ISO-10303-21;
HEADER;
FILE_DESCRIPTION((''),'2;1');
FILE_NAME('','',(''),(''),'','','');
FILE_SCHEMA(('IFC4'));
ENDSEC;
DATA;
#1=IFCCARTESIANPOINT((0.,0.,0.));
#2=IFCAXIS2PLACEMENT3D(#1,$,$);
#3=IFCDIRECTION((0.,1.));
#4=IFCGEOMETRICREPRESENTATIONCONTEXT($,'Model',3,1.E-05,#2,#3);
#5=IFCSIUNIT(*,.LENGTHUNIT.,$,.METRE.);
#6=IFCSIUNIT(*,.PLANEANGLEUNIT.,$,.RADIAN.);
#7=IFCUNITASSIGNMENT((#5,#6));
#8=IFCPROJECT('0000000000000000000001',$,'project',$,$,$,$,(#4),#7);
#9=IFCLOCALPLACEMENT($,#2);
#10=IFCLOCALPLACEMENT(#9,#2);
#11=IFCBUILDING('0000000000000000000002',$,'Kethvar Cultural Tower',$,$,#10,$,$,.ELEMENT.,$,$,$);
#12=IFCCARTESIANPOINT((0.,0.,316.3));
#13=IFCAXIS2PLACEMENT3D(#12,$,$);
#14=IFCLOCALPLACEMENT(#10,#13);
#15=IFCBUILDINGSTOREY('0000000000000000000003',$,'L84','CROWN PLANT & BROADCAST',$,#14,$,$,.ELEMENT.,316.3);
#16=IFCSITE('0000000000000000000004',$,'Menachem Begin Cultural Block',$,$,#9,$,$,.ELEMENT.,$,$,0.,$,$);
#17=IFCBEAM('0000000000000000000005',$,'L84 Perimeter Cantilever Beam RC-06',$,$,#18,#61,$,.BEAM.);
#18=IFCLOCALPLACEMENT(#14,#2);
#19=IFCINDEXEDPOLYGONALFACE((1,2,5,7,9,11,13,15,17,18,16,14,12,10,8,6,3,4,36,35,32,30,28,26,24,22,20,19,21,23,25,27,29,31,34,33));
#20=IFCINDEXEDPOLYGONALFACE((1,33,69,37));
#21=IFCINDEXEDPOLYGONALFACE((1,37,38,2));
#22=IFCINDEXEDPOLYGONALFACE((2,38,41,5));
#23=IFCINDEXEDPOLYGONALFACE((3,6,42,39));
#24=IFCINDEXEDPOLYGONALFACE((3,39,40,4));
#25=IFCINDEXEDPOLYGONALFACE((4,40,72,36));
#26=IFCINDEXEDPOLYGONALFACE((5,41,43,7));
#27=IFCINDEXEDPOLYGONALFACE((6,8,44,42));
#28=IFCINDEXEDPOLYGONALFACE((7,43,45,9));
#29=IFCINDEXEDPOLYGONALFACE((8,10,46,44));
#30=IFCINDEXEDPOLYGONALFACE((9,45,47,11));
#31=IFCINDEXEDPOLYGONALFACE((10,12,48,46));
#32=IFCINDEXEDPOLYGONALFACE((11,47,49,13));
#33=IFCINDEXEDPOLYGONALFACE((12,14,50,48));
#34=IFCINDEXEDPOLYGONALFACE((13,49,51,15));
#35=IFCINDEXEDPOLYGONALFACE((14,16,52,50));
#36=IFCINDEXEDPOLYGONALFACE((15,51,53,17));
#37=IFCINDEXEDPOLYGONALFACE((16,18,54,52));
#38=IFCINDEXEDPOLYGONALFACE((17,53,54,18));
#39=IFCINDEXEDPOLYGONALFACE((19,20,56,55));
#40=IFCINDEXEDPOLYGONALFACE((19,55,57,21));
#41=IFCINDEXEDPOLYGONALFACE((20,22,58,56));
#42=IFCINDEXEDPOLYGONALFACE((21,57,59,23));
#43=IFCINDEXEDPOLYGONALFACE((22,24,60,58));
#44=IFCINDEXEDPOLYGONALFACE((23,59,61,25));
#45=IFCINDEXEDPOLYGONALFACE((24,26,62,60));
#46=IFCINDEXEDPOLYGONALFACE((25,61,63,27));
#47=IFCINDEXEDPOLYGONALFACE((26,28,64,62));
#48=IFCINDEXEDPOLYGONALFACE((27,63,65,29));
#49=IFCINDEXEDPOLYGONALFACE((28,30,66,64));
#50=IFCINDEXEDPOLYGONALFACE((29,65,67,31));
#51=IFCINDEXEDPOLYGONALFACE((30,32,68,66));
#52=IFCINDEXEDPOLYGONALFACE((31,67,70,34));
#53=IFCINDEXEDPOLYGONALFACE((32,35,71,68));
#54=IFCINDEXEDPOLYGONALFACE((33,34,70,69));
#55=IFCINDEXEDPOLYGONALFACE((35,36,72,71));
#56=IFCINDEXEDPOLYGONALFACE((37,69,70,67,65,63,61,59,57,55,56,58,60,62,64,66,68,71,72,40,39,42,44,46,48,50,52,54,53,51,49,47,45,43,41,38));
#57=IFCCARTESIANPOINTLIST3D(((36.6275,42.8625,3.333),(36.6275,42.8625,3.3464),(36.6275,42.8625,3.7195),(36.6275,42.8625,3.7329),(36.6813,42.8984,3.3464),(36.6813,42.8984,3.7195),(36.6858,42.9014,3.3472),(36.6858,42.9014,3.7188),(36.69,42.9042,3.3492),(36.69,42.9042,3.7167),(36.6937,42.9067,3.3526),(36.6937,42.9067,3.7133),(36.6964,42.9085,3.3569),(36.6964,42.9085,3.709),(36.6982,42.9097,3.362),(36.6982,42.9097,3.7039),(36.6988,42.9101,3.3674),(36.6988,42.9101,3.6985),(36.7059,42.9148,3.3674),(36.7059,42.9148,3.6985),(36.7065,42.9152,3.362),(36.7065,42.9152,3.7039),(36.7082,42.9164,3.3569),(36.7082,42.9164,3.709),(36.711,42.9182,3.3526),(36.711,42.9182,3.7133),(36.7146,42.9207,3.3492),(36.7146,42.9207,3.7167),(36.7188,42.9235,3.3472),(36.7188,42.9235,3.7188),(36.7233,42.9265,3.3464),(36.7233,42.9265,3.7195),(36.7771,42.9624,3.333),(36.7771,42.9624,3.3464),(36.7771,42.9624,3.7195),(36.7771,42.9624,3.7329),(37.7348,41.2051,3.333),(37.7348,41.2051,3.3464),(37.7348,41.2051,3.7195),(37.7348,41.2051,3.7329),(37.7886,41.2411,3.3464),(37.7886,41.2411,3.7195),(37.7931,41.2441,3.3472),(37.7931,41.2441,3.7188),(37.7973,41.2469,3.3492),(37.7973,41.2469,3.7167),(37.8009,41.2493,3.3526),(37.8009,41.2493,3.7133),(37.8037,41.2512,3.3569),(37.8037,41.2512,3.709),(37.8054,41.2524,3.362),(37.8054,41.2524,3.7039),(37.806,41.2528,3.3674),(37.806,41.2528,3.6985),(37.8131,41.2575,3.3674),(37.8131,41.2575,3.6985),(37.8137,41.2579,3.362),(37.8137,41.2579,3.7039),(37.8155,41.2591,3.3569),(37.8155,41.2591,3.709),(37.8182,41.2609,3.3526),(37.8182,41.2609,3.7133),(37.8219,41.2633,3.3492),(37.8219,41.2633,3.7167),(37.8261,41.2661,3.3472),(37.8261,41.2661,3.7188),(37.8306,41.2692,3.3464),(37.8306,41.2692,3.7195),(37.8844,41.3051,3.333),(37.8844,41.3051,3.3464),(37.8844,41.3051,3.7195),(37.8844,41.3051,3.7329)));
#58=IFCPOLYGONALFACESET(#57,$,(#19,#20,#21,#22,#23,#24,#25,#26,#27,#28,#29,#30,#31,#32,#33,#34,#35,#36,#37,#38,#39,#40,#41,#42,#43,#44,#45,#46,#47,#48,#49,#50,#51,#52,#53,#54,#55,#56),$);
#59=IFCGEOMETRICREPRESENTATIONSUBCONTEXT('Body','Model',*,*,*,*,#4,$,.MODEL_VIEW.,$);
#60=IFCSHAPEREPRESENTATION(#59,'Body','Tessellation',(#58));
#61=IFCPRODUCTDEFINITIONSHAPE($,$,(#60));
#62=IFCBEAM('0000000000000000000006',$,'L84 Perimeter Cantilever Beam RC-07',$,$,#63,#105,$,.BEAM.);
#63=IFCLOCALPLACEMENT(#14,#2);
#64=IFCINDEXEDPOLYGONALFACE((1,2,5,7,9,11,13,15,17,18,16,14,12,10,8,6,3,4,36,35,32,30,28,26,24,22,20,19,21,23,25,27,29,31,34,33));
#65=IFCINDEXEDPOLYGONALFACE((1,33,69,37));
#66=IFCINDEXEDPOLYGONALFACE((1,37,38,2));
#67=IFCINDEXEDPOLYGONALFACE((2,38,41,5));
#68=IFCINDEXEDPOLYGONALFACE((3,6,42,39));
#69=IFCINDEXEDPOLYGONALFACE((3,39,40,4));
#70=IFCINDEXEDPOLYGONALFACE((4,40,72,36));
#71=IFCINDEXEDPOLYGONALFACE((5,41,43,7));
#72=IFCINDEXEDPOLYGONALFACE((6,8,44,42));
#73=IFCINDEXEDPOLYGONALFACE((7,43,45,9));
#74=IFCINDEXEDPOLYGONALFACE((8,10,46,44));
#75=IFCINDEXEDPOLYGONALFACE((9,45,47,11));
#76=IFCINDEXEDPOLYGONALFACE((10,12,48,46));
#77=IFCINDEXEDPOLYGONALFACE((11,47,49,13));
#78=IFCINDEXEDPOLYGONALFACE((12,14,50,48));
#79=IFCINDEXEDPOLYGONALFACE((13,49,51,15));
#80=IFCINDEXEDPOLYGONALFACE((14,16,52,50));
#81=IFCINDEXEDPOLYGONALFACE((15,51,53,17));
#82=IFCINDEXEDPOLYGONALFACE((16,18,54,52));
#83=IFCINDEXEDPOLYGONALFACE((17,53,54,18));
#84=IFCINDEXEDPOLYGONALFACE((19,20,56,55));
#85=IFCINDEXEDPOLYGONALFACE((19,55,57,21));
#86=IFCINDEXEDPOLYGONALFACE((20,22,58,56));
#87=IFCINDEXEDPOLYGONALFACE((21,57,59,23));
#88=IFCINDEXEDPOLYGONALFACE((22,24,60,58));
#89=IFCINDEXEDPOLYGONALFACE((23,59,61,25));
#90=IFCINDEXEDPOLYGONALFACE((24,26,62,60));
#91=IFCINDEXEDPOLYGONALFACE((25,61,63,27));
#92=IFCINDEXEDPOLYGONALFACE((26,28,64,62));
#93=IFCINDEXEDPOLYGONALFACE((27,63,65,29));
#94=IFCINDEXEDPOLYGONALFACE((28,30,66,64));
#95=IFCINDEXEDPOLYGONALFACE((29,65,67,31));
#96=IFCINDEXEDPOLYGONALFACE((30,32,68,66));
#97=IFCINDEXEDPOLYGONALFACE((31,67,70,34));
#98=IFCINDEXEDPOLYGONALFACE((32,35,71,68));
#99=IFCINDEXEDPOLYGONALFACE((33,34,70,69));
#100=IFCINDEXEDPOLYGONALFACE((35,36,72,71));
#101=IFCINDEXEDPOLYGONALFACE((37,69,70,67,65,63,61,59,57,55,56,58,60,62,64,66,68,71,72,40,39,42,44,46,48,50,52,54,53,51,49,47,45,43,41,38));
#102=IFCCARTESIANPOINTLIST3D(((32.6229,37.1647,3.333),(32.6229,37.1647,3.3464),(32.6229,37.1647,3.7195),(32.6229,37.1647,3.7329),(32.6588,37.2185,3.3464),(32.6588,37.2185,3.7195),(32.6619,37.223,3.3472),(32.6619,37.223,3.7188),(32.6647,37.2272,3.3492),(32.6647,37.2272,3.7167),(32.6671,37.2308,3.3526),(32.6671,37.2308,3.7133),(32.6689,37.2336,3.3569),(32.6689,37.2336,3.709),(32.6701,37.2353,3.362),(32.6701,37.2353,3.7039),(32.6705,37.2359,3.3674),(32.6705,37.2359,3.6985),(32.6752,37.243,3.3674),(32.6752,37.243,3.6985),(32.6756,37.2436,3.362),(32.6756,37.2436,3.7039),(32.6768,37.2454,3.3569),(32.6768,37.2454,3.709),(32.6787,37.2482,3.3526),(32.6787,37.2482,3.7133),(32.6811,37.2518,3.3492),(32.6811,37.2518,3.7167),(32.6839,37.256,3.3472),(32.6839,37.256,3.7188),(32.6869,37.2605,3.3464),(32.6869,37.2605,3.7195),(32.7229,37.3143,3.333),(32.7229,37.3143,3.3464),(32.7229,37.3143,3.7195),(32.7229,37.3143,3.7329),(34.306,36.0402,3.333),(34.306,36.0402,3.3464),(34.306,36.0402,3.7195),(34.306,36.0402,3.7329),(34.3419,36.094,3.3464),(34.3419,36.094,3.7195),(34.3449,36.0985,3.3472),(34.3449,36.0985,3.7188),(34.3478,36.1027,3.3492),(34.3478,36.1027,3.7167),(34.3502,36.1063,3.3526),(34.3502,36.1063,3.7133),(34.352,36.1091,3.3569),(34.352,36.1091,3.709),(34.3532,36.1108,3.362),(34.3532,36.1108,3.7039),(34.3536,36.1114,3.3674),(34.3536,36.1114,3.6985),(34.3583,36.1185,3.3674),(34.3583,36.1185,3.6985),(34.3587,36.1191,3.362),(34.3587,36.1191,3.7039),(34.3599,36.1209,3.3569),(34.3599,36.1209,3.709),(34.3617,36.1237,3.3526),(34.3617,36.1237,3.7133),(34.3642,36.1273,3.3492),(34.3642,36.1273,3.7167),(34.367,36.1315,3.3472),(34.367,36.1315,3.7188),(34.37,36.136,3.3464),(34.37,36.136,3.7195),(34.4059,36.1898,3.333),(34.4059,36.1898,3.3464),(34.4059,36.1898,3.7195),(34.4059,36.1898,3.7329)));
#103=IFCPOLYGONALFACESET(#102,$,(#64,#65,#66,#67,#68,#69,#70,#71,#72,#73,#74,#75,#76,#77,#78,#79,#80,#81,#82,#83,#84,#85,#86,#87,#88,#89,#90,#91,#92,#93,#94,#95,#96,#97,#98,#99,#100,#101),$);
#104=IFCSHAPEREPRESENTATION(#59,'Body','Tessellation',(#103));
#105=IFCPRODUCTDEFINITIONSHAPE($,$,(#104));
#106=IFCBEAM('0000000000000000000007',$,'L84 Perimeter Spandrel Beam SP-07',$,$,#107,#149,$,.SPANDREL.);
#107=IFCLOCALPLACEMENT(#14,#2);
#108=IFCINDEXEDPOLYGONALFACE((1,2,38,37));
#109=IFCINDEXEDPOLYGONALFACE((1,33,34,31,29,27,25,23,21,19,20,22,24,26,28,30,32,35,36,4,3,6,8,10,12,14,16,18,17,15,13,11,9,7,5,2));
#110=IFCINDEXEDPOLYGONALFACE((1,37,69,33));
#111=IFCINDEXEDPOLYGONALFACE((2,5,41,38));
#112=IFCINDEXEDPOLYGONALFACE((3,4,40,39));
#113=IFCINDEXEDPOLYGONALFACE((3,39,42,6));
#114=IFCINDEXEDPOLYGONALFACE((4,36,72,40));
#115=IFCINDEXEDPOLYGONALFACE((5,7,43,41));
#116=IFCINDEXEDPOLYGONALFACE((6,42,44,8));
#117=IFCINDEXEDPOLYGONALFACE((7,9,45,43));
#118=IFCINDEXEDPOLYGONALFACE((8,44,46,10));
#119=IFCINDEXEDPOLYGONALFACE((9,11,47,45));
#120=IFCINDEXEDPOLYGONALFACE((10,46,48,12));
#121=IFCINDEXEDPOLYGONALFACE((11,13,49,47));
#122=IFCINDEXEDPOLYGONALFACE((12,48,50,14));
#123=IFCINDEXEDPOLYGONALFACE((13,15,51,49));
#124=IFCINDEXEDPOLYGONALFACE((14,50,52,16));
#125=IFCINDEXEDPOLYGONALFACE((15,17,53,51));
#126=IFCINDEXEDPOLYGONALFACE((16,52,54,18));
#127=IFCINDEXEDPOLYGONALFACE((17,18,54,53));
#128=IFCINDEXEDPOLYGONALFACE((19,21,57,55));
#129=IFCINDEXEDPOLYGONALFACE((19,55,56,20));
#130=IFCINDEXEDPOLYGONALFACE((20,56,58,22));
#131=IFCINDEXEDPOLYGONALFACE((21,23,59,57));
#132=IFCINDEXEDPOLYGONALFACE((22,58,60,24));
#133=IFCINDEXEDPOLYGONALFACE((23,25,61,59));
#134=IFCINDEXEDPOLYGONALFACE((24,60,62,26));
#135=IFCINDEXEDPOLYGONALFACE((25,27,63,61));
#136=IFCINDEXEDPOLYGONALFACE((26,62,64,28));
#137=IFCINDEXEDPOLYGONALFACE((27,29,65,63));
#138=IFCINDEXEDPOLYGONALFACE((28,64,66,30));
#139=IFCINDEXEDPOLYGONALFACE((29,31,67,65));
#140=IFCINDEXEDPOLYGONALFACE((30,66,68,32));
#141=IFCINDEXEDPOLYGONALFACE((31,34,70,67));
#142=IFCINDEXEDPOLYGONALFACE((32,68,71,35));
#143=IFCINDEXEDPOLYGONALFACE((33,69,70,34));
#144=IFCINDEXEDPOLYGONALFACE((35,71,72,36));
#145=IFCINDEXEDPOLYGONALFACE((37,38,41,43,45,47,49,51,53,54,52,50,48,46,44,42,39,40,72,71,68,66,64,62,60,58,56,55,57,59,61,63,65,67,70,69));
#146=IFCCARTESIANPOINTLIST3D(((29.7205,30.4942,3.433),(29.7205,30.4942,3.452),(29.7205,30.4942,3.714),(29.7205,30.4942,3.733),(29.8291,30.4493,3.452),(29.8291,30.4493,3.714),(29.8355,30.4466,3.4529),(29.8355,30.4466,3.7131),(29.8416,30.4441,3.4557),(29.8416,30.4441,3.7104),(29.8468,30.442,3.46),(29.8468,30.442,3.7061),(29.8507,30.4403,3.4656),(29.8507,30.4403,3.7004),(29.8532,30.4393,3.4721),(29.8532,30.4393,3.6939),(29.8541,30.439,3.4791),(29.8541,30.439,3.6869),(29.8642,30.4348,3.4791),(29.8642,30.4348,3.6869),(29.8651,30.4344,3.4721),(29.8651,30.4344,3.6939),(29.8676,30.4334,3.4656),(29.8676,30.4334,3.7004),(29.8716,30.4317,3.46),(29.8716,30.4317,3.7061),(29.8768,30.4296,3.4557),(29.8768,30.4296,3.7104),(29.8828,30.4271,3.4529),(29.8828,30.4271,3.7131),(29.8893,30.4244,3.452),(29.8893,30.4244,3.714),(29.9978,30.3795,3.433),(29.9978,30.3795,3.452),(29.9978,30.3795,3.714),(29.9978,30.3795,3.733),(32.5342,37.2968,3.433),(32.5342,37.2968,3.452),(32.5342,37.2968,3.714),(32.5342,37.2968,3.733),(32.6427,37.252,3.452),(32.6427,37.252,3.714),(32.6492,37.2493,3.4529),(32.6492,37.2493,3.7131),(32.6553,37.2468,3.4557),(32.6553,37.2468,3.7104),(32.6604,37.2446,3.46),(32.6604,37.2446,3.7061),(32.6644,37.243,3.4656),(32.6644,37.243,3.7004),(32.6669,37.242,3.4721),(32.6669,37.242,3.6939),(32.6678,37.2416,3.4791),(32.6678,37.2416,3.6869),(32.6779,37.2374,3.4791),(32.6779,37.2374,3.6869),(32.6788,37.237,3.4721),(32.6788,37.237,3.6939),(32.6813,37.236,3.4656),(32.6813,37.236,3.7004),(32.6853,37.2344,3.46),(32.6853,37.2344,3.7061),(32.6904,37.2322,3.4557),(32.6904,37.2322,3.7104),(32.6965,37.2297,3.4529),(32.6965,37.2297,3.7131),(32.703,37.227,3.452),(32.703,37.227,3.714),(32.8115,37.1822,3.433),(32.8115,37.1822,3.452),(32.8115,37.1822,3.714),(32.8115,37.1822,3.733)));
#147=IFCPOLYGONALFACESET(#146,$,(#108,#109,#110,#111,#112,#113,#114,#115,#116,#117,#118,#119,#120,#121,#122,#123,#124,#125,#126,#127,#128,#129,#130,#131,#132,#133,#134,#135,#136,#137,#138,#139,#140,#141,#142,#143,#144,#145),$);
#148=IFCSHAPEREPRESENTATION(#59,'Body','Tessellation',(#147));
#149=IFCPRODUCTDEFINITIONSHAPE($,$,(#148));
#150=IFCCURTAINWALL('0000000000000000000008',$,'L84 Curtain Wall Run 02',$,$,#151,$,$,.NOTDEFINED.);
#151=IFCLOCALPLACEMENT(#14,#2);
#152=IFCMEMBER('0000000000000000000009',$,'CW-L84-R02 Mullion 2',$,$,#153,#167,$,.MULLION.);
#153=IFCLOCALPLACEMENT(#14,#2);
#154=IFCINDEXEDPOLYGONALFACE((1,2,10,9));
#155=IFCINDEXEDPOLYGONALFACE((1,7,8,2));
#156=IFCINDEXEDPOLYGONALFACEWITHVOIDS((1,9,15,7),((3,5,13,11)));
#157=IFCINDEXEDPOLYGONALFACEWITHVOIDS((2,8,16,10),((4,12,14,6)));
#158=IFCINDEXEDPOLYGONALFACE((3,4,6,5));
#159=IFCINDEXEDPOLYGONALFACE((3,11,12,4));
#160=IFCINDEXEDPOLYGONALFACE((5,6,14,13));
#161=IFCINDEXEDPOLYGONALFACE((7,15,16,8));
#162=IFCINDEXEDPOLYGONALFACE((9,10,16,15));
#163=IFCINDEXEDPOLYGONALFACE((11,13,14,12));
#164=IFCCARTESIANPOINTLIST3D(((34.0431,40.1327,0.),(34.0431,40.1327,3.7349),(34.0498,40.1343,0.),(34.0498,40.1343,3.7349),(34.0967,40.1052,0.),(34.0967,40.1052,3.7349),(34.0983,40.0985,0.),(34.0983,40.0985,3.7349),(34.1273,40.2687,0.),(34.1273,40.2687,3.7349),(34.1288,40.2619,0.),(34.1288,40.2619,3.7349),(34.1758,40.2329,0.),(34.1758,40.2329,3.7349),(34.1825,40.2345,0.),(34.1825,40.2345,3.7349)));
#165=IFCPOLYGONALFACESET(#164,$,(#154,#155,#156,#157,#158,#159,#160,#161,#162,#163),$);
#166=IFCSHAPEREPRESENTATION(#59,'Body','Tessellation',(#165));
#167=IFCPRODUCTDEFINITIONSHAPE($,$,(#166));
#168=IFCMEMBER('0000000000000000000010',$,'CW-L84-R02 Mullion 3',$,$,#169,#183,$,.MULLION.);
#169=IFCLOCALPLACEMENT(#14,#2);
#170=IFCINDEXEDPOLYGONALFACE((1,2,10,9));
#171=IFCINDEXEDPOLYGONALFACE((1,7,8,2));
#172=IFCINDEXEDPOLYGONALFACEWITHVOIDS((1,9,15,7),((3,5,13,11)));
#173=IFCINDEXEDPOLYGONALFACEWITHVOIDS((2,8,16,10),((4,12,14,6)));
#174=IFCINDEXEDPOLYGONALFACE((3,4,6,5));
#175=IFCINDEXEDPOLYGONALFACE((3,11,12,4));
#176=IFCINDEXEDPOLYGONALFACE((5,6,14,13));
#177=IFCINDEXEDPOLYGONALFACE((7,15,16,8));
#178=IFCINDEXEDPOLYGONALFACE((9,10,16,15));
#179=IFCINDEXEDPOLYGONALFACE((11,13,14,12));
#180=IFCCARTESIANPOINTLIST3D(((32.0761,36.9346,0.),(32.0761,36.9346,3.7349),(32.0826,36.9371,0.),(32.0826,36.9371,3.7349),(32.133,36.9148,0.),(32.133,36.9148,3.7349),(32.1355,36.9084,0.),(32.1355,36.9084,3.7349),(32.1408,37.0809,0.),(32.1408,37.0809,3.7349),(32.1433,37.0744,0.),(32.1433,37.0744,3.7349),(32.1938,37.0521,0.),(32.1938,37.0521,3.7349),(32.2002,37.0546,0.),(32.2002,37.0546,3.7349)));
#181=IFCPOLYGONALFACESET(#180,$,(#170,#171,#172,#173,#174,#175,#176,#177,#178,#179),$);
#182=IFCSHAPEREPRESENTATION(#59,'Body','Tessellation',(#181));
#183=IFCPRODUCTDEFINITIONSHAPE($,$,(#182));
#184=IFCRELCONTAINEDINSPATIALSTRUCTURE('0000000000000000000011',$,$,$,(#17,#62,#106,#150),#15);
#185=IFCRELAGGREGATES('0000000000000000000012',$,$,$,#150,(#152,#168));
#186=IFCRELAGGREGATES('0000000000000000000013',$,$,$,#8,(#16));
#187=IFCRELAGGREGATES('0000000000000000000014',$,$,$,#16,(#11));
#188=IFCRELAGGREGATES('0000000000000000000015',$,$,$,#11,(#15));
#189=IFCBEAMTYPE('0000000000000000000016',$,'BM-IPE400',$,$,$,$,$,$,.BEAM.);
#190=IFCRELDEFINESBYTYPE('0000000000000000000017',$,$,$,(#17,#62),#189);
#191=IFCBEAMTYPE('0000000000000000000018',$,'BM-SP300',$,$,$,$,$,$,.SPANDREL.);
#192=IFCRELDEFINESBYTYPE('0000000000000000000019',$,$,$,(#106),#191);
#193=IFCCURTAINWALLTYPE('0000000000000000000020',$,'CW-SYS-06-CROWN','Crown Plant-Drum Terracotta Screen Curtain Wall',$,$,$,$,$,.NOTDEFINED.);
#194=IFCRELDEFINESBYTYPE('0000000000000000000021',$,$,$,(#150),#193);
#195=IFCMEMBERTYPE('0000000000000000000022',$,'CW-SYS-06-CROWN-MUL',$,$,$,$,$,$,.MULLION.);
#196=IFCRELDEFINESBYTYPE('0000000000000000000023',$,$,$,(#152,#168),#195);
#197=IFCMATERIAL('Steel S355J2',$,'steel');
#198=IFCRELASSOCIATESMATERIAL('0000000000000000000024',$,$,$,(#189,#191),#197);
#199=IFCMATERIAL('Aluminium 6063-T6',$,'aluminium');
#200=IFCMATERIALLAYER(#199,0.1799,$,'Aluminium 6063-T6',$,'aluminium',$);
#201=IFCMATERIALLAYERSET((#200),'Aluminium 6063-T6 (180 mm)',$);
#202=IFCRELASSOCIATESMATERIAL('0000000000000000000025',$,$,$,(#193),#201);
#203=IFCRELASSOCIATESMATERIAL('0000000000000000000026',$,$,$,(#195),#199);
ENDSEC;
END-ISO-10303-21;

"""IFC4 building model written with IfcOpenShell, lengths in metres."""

from ifc_helpers import new_model, si_unit, direction, frame, origin, origin_2d, place, context, subcontext, project, spatial, hollow_rectangle, i_section, extrude, source, transform, mapped, material, layer, layer_set, material_profile, profile_set, type_object, element, aggregate, save


model = new_model("IFC4")

# Units and contexts
model_context = context("Model", 3, precision=1e-05, world=origin(), true_north=direction((0.0, 1.0)))
body_context = subcontext(model_context, "Body", "Model", "MODEL_VIEW")
ifc_project = project(units=[si_unit("LENGTHUNIT", "METRE"), si_unit("PLANEANGLEUNIT", "RADIAN")], contexts=[model_context])

# Site, building, storey
site_placement = place(None, origin())
site = spatial("IfcSite", under=ifc_project, at=site_placement, Name="Menachem Begin Cultural Block", CompositionType="ELEMENT", RefElevation=0.0)
building_placement = place(site_placement, origin())
building = spatial("IfcBuilding", under=site, at=building_placement, Name="Kethvar Cultural Tower", CompositionType="ELEMENT")
storey_placement = place(building_placement, frame((0.0, 0.0, 316.3)))
storey = spatial("IfcBuildingStorey", under=building, at=storey_placement, Name="L84", Description="CROWN PLANT & BROADCAST", CompositionType="ELEMENT", Elevation=316.3)

# Shared definitions
ifc_material_1 = material(Name="Steel S355J2", Category="steel")

# Beams
ifc_material_profile_1 = material_profile(ifc_material_1, i_section(OverallWidth=0.1799, OverallDepth=0.3999, WebThickness=0.0085, FlangeThickness=0.0134, FilletRadius=0.021, at=origin_2d()), Name="Steel S355J2 — IPE400")
ifc_profile_set_1 = profile_set([ifc_material_profile_1], Name="Steel S355J2 — IPE400")
beam_type_1 = type_object("IfcBeamType", Name="BM-IPE400", PredefinedType="BEAM", material=ifc_profile_set_1)
shared_shape_1 = source(origin(), body_context, "Body", "SweptSolid", [
    extrude(i_section(OverallWidth=0.1799, OverallDepth=0.3999, WebThickness=0.0085, FlangeThickness=0.0134, FilletRadius=0.021, at=origin_2d()), origin(), (0.0, 0.0, 1.0), 1.9932),
])
beam_1_placement = place(storey_placement, frame((37.8096, 41.2551, 3.533), z_axis=(-0.55552, 0.831503, 0.0), x_axis=(-0.831503, -0.55552, 0.0)))
element("IfcBeam", 1, at=beam_1_placement, inside=storey, type_object=beam_type_1, Name="L84 Perimeter Cantilever Beam RC-06", PredefinedType="BEAM", context=body_context, shape_type="MappedRepresentation", body=[
    mapped(shared_shape_1, transform((0.0, 0.0, 0.0), scale=1.0)),
])
shared_shape_2 = source(origin(), body_context, "Body", "SweptSolid", [
    extrude(i_section(OverallWidth=0.1799, OverallDepth=0.3999, WebThickness=0.0085, FlangeThickness=0.0134, FilletRadius=0.021, at=origin_2d()), origin(), (0.0, 0.0, 1.0), 2.0242),
])
beam_2_placement = place(storey_placement, frame((34.356, 36.115, 3.533), z_axis=(-0.831493, 0.555535, 0.0), x_axis=(-0.555535, -0.831493, 0.0)))
element("IfcBeam", 2, at=beam_2_placement, inside=storey, type_object=beam_type_1, Name="L84 Perimeter Cantilever Beam RC-07", PredefinedType="BEAM", context=body_context, shape_type="MappedRepresentation", body=[
    mapped(shared_shape_2, transform((0.0, 0.0, 0.0), scale=1.0)),
])
ifc_material_profile_2 = material_profile(ifc_material_1, i_section(OverallWidth=0.3, OverallDepth=0.3, WebThickness=0.011, FlangeThickness=0.019, FilletRadius=0.0271, at=origin_2d()), Name="Steel S355J2 — HEB300")
ifc_profile_set_2 = profile_set([ifc_material_profile_2], Name="Steel S355J2 — HEB300")
beam_type_2 = type_object("IfcBeamType", Name="BM-SP300", PredefinedType="SPANDREL", material=ifc_profile_set_2)
shared_shape_3 = source(origin(), body_context, "Body", "SweptSolid", [
    extrude(i_section(OverallWidth=0.3, OverallDepth=0.3, WebThickness=0.011, FlangeThickness=0.019, FilletRadius=0.0271, at=origin_2d()), origin(), (0.0, 0.0, 1.0), 7.3616),
])
beam_3_placement = place(storey_placement, frame((32.6729, 37.2395, 3.583), z_axis=(-0.382212, -0.924075, 0.0), x_axis=(0.924075, -0.382212, 0.0)))
element("IfcBeam", 3, at=beam_3_placement, inside=storey, type_object=beam_type_2, Name="L84 Perimeter Spandrel Beam SP-07", PredefinedType="SPANDREL", context=body_context, shape_type="MappedRepresentation", body=[
    mapped(shared_shape_3, transform((0.0, 0.0, 0.0), scale=1.0)),
])

# Curtain wall, members
ifc_material_2 = material(Name="Aluminium 6063-T6", Category="aluminium")
ifc_layer_1 = layer(ifc_material_2, 0.1799, Name="Aluminium 6063-T6", Category="aluminium")
ifc_layer_set_1 = layer_set([ifc_layer_1], Name="Aluminium 6063-T6 (180 mm)")
curtain_wall_type = type_object("IfcCurtainWallType", Name="CW-SYS-06-CROWN", Description="Crown Plant-Drum Terracotta Screen Curtain Wall", PredefinedType="NOTDEFINED", material=ifc_layer_set_1)
curtain_wall_placement = place(storey_placement, origin())
curtain_wall = element("IfcCurtainWall", 4, at=curtain_wall_placement, inside=storey, type_object=curtain_wall_type, Name="L84 Curtain Wall Run 02", PredefinedType="NOTDEFINED")
ifc_material_profile_3 = material_profile(ifc_material_2, hollow_rectangle(XDim=0.0649, YDim=0.1599, WallThickness=0.0049, at=origin_2d()), Name="Aluminium 6063-T6 — RHS160x65x5")
ifc_profile_set_3 = profile_set([ifc_material_profile_3], Name="Aluminium 6063-T6 — RHS160x65x5")
member_type_1 = type_object("IfcMemberType", Name="CW-SYS-06-CROWN-MUL", PredefinedType="MULLION", material=ifc_profile_set_3)
shared_shape_4 = source(origin(), body_context, "Body", "SweptSolid", [
    extrude(hollow_rectangle(XDim=0.0649, YDim=0.1599, WallThickness=0.0049, at=origin_2d()), origin(), (0.0, 0.0, 1.0), 3.7349),
])
member_1_placement = place(storey_placement, frame((34.1128, 40.1836, 0.0), z_axis=(0.0, 0.0, 1.0), x_axis=(0.850334, -0.526244, 0.0)))
member_1 = element("IfcMember", 5, at=member_1_placement, type_object=member_type_1, Name="CW-L84-R02 Mullion 2", PredefinedType="MULLION", context=body_context, shape_type="MappedRepresentation", body=[
    mapped(shared_shape_4, transform((0.0, 0.0, 0.0), scale=1.0)),
])
member_2_placement = place(storey_placement, frame((32.1382, 36.9946, 0.0), z_axis=(0.0, 0.0, 1.0), x_axis=(0.91448, -0.404631, 0.0)))
member_2 = element("IfcMember", 6, at=member_2_placement, type_object=member_type_1, Name="CW-L84-R02 Mullion 3", PredefinedType="MULLION", context=body_context, shape_type="MappedRepresentation", body=[
    mapped(shared_shape_4, transform((0.0, 0.0, 0.0), scale=1.0)),
])
aggregate(curtain_wall, [member_1, member_2])

save(model, "model.ifc")
